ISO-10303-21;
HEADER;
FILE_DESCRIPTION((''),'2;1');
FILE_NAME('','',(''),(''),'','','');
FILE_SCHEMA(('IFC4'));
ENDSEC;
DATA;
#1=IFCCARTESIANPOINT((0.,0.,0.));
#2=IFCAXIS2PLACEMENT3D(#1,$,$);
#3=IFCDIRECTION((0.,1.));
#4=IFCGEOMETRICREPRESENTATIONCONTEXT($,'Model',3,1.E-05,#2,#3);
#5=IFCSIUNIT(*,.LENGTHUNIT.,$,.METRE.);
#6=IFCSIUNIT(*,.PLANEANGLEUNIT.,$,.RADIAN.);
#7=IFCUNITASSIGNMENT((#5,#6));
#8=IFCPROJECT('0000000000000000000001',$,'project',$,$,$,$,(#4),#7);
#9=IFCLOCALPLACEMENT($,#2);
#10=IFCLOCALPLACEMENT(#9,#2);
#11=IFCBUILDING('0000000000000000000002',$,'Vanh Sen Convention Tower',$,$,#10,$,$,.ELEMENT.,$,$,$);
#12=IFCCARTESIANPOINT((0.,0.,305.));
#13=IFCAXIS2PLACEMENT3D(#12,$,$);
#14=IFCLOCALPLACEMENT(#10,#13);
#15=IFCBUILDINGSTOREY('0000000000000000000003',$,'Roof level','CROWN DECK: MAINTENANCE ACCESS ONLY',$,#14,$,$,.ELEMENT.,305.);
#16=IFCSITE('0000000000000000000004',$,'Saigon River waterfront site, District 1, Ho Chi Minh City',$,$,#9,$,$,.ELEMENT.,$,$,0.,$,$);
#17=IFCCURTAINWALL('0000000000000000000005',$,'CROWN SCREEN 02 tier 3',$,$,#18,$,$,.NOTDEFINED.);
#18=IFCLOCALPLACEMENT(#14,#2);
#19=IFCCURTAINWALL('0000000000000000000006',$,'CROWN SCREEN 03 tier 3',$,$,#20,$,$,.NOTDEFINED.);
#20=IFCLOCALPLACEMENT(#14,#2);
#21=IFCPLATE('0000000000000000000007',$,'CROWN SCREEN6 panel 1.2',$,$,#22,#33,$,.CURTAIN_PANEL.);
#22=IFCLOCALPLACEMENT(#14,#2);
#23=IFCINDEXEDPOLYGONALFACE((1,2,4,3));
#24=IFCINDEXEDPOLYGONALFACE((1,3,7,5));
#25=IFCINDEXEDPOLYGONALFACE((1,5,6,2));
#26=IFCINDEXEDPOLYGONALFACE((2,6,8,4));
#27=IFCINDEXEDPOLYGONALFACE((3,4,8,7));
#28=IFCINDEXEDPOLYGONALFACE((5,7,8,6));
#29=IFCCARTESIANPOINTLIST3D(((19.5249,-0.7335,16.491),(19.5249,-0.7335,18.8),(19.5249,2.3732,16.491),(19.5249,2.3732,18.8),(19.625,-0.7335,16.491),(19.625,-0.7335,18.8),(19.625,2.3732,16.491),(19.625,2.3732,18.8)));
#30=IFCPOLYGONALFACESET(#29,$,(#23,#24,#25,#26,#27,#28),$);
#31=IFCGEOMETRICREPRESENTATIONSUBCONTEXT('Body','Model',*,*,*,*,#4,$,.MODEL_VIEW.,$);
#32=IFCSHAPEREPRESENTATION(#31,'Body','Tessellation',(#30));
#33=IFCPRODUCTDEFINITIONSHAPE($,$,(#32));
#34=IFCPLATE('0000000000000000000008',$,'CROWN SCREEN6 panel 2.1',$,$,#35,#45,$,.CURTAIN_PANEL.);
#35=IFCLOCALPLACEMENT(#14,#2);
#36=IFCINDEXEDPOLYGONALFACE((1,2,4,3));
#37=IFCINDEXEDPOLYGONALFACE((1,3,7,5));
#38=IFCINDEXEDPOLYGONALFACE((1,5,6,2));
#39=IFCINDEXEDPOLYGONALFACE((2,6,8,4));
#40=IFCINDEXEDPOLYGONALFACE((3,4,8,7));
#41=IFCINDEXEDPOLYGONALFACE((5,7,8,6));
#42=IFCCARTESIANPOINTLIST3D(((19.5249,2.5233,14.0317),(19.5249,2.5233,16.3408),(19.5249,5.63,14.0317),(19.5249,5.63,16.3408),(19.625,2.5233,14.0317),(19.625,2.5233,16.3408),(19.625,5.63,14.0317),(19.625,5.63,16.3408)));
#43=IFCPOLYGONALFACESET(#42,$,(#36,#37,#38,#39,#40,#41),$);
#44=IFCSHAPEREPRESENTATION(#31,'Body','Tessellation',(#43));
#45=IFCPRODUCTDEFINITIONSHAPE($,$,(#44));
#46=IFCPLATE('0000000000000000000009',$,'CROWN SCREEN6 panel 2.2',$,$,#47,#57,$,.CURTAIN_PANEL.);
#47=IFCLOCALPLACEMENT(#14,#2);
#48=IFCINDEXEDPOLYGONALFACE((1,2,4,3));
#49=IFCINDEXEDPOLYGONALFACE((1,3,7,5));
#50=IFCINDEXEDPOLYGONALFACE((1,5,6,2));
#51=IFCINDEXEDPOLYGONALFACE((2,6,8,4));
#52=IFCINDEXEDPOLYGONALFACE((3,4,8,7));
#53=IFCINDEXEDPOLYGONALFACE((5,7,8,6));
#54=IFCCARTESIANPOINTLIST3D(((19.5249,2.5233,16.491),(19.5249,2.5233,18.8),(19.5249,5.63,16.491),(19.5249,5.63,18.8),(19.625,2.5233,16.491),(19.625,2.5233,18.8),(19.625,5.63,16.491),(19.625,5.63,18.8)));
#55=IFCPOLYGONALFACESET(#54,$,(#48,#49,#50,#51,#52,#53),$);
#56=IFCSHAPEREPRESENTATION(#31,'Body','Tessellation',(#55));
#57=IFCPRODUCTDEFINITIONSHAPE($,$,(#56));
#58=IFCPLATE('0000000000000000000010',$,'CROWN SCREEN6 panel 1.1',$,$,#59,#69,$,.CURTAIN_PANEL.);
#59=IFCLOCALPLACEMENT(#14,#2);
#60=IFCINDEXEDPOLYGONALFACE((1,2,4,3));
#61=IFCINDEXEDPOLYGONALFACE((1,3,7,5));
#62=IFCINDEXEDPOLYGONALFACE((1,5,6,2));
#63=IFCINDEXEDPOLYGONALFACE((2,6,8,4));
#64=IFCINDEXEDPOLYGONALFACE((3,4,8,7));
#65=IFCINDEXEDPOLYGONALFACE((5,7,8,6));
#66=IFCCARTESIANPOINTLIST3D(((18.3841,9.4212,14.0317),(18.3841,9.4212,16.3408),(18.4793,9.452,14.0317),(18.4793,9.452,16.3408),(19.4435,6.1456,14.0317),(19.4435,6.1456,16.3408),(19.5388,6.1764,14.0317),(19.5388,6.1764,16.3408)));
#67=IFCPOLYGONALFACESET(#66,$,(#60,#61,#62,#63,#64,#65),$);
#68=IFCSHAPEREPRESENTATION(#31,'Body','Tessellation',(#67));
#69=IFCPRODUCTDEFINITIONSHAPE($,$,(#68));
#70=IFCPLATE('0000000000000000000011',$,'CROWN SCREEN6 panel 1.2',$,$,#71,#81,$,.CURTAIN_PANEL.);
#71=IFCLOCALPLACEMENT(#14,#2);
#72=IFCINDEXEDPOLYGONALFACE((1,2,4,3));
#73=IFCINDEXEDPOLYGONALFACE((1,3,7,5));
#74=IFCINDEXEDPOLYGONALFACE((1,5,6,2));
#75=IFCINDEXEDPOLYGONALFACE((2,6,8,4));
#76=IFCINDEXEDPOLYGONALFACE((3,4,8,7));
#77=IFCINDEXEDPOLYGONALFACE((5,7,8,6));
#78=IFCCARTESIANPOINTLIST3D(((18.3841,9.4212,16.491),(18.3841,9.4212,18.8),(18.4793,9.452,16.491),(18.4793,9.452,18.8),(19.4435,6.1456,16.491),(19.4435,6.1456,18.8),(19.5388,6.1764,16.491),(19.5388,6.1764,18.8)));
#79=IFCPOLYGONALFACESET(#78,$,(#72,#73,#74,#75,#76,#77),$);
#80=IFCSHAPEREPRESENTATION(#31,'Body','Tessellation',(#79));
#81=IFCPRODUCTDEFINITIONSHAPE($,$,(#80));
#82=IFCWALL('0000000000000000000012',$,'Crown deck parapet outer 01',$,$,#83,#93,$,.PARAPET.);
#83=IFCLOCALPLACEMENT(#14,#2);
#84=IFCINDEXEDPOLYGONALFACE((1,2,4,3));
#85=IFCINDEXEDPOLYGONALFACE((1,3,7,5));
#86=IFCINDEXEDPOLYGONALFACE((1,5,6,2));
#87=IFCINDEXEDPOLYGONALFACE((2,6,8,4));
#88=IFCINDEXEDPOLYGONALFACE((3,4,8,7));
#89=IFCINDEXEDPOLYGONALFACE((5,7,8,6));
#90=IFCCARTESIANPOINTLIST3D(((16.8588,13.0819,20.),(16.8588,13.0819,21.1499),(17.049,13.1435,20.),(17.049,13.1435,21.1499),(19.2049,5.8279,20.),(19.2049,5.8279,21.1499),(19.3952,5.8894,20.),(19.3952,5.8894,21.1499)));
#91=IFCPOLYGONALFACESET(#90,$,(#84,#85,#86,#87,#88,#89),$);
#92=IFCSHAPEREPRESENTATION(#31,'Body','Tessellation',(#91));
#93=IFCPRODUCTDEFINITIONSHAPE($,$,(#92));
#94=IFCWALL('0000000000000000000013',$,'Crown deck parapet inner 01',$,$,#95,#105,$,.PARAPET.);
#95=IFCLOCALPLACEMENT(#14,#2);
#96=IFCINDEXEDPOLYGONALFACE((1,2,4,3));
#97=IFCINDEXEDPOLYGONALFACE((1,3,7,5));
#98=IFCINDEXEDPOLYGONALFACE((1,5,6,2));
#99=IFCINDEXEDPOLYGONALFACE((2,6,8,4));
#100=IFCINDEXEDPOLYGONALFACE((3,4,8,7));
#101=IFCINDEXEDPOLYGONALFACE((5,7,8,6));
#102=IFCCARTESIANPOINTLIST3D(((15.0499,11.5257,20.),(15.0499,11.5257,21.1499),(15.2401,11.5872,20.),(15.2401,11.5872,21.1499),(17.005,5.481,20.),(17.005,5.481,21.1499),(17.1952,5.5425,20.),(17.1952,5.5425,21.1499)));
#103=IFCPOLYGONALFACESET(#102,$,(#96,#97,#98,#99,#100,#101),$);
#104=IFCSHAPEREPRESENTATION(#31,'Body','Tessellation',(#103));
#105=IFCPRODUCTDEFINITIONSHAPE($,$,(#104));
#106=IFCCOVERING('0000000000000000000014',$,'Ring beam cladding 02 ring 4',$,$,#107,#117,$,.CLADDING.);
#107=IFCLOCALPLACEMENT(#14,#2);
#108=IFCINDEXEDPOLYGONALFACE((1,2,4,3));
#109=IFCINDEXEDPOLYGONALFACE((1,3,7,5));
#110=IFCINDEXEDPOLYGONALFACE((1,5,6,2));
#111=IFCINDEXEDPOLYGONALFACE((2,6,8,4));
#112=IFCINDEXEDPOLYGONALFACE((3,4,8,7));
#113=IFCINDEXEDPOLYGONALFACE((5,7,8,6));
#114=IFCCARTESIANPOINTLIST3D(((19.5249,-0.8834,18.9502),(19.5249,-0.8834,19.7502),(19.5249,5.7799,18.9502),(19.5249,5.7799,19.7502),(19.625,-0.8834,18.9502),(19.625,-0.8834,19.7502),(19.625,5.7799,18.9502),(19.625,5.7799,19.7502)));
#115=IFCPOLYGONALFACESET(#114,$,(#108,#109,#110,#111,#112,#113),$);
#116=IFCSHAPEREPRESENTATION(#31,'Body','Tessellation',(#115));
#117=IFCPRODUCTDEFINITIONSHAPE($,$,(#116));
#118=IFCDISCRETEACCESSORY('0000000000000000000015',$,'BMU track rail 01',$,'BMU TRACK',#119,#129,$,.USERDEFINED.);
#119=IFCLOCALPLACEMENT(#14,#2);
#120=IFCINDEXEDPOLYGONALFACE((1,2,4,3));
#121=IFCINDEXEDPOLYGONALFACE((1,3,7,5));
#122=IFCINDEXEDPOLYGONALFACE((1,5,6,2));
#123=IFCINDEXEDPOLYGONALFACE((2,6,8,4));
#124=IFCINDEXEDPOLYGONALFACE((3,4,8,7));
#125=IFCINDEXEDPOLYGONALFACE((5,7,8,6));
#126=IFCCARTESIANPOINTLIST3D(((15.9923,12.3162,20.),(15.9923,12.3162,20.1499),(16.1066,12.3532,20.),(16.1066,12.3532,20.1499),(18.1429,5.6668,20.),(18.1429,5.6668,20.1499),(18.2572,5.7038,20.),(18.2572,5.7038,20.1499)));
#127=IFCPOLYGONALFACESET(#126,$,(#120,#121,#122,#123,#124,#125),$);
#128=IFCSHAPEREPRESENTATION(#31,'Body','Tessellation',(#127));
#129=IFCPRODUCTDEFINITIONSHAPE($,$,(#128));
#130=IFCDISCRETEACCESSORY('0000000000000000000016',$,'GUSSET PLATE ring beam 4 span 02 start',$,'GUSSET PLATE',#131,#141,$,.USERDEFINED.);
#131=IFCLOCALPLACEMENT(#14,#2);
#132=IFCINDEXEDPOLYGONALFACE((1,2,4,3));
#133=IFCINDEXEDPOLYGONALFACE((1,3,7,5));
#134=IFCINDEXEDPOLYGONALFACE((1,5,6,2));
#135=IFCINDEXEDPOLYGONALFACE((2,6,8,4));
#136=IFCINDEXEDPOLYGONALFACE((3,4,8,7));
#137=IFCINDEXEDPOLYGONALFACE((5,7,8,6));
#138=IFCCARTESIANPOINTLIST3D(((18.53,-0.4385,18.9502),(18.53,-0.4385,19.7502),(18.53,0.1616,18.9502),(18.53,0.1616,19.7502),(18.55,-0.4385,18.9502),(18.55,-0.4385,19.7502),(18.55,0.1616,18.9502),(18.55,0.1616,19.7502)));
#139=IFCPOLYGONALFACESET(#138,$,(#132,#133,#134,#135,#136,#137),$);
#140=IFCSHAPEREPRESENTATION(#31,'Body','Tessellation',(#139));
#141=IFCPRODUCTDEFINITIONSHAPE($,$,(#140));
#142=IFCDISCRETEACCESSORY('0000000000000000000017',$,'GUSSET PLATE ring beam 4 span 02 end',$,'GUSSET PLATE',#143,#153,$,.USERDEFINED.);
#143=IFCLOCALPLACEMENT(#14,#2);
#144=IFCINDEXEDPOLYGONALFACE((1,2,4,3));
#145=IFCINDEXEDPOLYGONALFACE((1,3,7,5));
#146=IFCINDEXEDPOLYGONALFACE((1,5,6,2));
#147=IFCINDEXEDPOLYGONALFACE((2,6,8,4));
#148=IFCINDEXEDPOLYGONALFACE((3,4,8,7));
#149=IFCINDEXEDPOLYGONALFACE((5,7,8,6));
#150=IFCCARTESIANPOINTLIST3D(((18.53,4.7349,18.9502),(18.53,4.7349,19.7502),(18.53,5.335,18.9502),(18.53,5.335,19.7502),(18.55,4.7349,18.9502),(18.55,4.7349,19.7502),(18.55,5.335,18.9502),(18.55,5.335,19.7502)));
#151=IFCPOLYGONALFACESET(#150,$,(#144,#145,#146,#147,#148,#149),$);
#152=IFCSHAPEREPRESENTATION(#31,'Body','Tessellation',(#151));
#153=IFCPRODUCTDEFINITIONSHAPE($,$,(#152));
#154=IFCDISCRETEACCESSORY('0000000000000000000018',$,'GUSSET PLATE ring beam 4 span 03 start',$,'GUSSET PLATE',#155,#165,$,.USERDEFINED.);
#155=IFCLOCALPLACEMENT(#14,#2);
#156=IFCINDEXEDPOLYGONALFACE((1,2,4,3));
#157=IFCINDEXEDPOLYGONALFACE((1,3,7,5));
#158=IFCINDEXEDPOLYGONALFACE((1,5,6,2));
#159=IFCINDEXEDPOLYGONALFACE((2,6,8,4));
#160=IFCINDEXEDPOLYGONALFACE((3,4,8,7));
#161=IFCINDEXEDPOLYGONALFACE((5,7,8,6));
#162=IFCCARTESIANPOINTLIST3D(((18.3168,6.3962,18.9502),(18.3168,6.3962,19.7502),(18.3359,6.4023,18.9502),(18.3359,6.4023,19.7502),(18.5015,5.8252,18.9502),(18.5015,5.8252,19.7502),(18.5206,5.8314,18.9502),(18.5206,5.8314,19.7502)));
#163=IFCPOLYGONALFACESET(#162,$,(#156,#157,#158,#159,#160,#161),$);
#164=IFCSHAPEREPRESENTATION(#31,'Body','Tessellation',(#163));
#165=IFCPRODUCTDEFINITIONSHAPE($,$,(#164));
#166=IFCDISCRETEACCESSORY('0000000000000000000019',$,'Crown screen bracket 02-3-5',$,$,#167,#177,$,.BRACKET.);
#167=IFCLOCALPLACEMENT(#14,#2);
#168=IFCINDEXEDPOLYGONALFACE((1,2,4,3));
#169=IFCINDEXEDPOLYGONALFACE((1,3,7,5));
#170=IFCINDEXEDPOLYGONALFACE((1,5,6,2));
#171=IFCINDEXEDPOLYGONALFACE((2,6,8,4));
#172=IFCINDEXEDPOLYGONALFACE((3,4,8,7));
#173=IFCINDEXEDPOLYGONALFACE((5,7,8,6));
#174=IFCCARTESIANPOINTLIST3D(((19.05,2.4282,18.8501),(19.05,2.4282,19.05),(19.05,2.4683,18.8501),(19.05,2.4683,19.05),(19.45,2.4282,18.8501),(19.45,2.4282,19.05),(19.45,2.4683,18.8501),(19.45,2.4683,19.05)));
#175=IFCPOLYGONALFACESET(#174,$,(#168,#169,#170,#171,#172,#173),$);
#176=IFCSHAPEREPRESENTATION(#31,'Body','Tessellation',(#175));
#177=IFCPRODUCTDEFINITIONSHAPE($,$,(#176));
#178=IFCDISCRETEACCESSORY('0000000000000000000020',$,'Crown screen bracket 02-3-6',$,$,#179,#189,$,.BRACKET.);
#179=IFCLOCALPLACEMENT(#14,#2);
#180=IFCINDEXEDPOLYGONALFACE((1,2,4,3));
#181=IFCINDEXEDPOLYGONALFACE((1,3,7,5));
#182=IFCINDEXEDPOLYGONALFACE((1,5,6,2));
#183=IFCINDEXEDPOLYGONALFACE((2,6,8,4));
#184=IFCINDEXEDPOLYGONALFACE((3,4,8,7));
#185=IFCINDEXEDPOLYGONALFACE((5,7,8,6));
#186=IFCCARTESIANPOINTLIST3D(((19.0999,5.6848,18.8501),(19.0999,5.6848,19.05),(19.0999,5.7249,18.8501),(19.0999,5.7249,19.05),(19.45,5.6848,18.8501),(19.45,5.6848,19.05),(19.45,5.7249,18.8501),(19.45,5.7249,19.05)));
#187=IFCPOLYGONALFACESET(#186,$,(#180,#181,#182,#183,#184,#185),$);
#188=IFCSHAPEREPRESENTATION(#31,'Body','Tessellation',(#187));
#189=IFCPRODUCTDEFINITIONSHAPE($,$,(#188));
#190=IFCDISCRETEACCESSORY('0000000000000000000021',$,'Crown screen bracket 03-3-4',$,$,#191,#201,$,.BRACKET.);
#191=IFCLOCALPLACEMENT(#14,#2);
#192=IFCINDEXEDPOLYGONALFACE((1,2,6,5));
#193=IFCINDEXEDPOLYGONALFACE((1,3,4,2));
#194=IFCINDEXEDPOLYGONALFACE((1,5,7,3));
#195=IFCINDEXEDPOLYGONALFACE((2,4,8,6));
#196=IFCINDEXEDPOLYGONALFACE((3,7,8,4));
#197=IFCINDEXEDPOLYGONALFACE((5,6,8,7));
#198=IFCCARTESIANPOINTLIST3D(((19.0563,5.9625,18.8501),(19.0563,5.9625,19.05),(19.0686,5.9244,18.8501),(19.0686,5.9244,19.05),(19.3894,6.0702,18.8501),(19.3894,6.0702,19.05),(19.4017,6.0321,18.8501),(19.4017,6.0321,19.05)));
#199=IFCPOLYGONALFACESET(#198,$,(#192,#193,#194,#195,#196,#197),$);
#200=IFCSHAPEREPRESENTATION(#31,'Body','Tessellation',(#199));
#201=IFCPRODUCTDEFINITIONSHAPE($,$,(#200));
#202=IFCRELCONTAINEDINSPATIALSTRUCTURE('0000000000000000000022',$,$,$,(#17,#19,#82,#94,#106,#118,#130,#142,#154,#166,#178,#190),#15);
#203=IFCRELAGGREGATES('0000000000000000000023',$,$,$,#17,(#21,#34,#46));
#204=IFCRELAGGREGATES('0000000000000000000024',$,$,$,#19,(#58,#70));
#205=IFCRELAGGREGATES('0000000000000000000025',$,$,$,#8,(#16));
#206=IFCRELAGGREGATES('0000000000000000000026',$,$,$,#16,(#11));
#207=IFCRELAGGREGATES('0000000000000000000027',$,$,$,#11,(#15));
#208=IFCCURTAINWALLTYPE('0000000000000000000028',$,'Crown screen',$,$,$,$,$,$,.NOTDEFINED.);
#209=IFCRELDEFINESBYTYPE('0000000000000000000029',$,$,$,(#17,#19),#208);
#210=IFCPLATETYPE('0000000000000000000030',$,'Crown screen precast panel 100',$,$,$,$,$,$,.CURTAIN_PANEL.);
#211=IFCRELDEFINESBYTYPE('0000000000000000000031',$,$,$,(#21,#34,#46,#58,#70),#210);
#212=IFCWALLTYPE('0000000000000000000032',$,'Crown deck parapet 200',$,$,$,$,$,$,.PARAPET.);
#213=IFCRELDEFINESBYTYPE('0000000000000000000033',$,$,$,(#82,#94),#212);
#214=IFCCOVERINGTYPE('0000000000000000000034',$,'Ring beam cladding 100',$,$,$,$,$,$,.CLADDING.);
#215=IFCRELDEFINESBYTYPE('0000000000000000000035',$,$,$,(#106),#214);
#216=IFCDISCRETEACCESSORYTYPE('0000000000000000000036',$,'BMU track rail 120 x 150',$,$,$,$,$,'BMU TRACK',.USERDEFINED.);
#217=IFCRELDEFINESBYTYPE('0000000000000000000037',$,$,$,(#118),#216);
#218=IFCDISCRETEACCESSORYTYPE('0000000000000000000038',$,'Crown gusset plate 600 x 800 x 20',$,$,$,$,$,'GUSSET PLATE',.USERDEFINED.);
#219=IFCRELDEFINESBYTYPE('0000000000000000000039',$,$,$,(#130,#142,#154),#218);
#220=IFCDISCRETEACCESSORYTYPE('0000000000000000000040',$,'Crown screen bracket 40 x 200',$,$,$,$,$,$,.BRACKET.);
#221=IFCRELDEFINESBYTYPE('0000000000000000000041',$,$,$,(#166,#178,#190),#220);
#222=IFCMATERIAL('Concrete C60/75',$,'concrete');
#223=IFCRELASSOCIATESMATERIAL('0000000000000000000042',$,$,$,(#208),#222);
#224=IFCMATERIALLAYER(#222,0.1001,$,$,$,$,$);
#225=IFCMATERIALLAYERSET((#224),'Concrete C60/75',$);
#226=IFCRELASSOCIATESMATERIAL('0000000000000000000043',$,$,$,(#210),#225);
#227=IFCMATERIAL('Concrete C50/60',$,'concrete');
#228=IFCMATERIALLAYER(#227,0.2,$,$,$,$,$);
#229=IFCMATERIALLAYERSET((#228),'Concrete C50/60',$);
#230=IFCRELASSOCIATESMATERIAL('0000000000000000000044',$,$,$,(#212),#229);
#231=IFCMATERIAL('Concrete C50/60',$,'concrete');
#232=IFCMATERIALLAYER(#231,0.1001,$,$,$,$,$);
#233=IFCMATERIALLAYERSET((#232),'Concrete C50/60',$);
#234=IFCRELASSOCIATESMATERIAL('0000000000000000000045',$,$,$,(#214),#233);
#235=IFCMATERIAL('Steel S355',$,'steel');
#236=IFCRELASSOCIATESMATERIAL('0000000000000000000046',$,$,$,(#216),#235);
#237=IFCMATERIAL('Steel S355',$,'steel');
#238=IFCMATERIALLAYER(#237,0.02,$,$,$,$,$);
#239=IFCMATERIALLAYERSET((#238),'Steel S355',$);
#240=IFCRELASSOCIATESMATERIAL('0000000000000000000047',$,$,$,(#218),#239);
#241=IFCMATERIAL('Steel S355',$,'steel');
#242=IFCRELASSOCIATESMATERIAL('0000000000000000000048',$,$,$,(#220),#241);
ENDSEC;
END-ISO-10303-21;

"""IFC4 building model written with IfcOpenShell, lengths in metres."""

from ifc_helpers import new_model, si_unit, direction, frame, frame_2d, origin, origin_2d, place, context, subcontext, project, spatial, rectangle, extrude, material, layer, layer_set, type_object, element, aggregate, save


model = new_model("IFC4")

# Units and contexts
model_context = context("Model", 3, precision=1e-05, world=origin(), true_north=direction((0.0, 1.0)))
body_context = subcontext(model_context, "Body", "Model", "MODEL_VIEW")
ifc_project = project(units=[si_unit("LENGTHUNIT", "METRE"), si_unit("PLANEANGLEUNIT", "RADIAN")], contexts=[model_context])

# Site, building, storey
site_placement = place(None, origin())
site = spatial("IfcSite", under=ifc_project, at=site_placement, Name="Saigon River waterfront site, District 1, Ho Chi Minh City", CompositionType="ELEMENT", RefElevation=0.0)
building_placement = place(site_placement, origin())
building = spatial("IfcBuilding", under=site, at=building_placement, Name="Vanh Sen Convention Tower", CompositionType="ELEMENT")
storey_placement = place(building_placement, frame((0.0, 0.0, 305.0)))
storey = spatial("IfcBuildingStorey", under=building, at=storey_placement, Name="Roof level", Description="CROWN DECK: MAINTENANCE ACCESS ONLY", CompositionType="ELEMENT", Elevation=305.0)

# Curtain wall
ifc_material_1 = material(Name="Concrete C60/75", Category="concrete")
curtain_wall_type = type_object("IfcCurtainWallType", Name="Crown screen", PredefinedType="NOTDEFINED", material=ifc_material_1)
curtain_wall_1_placement = place(storey_placement, origin())
curtain_wall_1 = element("IfcCurtainWall", 1, at=curtain_wall_1_placement, inside=storey, type_object=curtain_wall_type, Name="CROWN SCREEN 02 tier 3", PredefinedType="NOTDEFINED")

# Curtain wall
curtain_wall_2_placement = place(storey_placement, origin())
curtain_wall_2 = element("IfcCurtainWall", 2, at=curtain_wall_2_placement, inside=storey, type_object=curtain_wall_type, Name="CROWN SCREEN 03 tier 3", PredefinedType="NOTDEFINED")

# Plates
ifc_layer_1 = layer(ifc_material_1, 0.1001)
ifc_layer_set_1 = layer_set([ifc_layer_1], Name="Concrete C60/75")
plate_type = type_object("IfcPlateType", Name="Crown screen precast panel 100", PredefinedType="CURTAIN_PANEL", material=ifc_layer_set_1)
plate_1_placement = place(storey_placement, frame((19.575, 0.8198, 16.491), z_axis=(0.0, 0.0, 1.0), x_axis=(0.0, 1.0, 0.0)))
plate_1 = element("IfcPlate", 3, at=plate_1_placement, type_object=plate_type, Name="CROWN SCREEN6 panel 1.2", PredefinedType="CURTAIN_PANEL", context=body_context, shape_type="SweptSolid", body=[
    extrude(rectangle(XDim=3.1067, YDim=0.1001, at=origin_2d()), origin(), (0.0, 0.0, 1.0), 2.3091),
])
plate_2_placement = place(storey_placement, frame((19.575, 4.0767, 14.0317), z_axis=(0.0, 0.0, 1.0), x_axis=(0.0, 1.0, 0.0)))
plate_2 = element("IfcPlate", 4, at=plate_2_placement, type_object=plate_type, Name="CROWN SCREEN6 panel 2.1", PredefinedType="CURTAIN_PANEL", context=body_context, shape_type="SweptSolid", body=[
    extrude(rectangle(XDim=3.1067, YDim=0.1001, at=origin_2d()), origin(), (0.0, 0.0, 1.0), 2.3091),
])
plate_3_placement = place(storey_placement, frame((19.575, 4.0767, 16.491), z_axis=(0.0, 0.0, 1.0), x_axis=(0.0, 1.0, 0.0)))
plate_3 = element("IfcPlate", 5, at=plate_3_placement, type_object=plate_type, Name="CROWN SCREEN6 panel 2.2", PredefinedType="CURTAIN_PANEL", context=body_context, shape_type="SweptSolid", body=[
    extrude(rectangle(XDim=3.1067, YDim=0.1001, at=origin_2d()), origin(), (0.0, 0.0, 1.0), 2.3091),
])
aggregate(curtain_wall_1, [plate_1, plate_2, plate_3])
plate_4_placement = place(storey_placement, frame((18.9614, 7.7988, 14.0317), z_axis=(0.0, 0.0, 1.0), x_axis=(-0.307733, 0.951473, 0.0)))
plate_4 = element("IfcPlate", 6, at=plate_4_placement, type_object=plate_type, Name="CROWN SCREEN6 panel 1.1", PredefinedType="CURTAIN_PANEL", context=body_context, shape_type="SweptSolid", body=[
    extrude(rectangle(XDim=3.4426, YDim=0.1001, at=origin_2d()), origin(), (0.0, 0.0, 1.0), 2.3091),
])
plate_5_placement = place(storey_placement, frame((18.9614, 7.7988, 16.491), z_axis=(0.0, 0.0, 1.0), x_axis=(-0.307733, 0.951473, 0.0)))
plate_5 = element("IfcPlate", 7, at=plate_5_placement, type_object=plate_type, Name="CROWN SCREEN6 panel 1.2", PredefinedType="CURTAIN_PANEL", context=body_context, shape_type="SweptSolid", body=[
    extrude(rectangle(XDim=3.4426, YDim=0.1001, at=origin_2d()), origin(), (0.0, 0.0, 1.0), 2.3091),
])
aggregate(curtain_wall_2, [plate_4, plate_5])

# Walls
ifc_material_2 = material(Name="Concrete C50/60", Category="concrete")
ifc_layer_2 = layer(ifc_material_2, 0.2)
ifc_layer_set_2 = layer_set([ifc_layer_2], Name="Concrete C50/60")
wall_type = type_object("IfcWallType", Name="Crown deck parapet 200", PredefinedType="PARAPET", material=ifc_layer_set_2)
wall_1_placement = place(storey_placement, frame((19.3, 5.8586, 20.0), z_axis=(0.0, 0.0, 1.0), x_axis=(-0.307732, 0.951473, 0.0)))
element("IfcWall", 8, at=wall_1_placement, inside=storey, type_object=wall_type, Name="Crown deck parapet outer 01", PredefinedType="PARAPET", context=body_context, shape_type="SweptSolid", body=[
    extrude(rectangle(XDim=7.624, YDim=0.2, at=frame_2d((3.812, 0.0))), origin(), (0.0, 0.0, 1.0), 1.1499),
])
wall_2_placement = place(storey_placement, frame((17.1001, 5.5117, 20.0), z_axis=(0.0, 0.0, 1.0), x_axis=(-0.307741, 0.95147, 0.0)))
element("IfcWall", 9, at=wall_2_placement, inside=storey, type_object=wall_type, Name="Crown deck parapet inner 01", PredefinedType="PARAPET", context=body_context, shape_type="SweptSolid", body=[
    extrude(rectangle(XDim=6.353, YDim=0.2, at=frame_2d((3.1765, 0.0))), origin(), (0.0, 0.0, 1.0), 1.1499),
])

# Covering
ifc_material_3 = material(Name="Concrete C50/60", Category="concrete")
ifc_layer_3 = layer(ifc_material_3, 0.1001)
ifc_layer_set_3 = layer_set([ifc_layer_3], Name="Concrete C50/60")
covering_type = type_object("IfcCoveringType", Name="Ring beam cladding 100", PredefinedType="CLADDING", material=ifc_layer_set_3)
covering_placement = place(storey_placement, frame((19.575, 2.4482, 18.9502), z_axis=(0.0, 0.0, 1.0), x_axis=(0.0, 1.0, 0.0)))
element("IfcCovering", 10, at=covering_placement, inside=storey, type_object=covering_type, Name="Ring beam cladding 02 ring 4", PredefinedType="CLADDING", context=body_context, shape_type="SweptSolid", body=[
    extrude(rectangle(XDim=6.6633, YDim=0.1001, at=origin_2d()), origin(), (0.0, 0.0, 1.0), 0.8),
])

# Discrete accessories
ifc_material_4 = material(Name="Steel S355", Category="steel")
discrete_accessory_type_1 = type_object("IfcDiscreteAccessoryType", Name="BMU track rail 120 x 150", ElementType="BMU TRACK", PredefinedType="USERDEFINED", material=ifc_material_4)
discrete_accessory_1_placement = place(storey_placement, frame((17.1248, 9.01, 20.0), z_axis=(0.0, 0.0, 1.0), x_axis=(-0.307732, 0.951473, 0.0)))
element("IfcDiscreteAccessory", 11, at=discrete_accessory_1_placement, inside=storey, type_object=discrete_accessory_type_1, Name="BMU track rail 01", ObjectType="BMU TRACK", PredefinedType="USERDEFINED", context=body_context, shape_type="SweptSolid", body=[
    extrude(rectangle(XDim=6.9885, YDim=0.1201, at=origin_2d()), origin(), (0.0, 0.0, 1.0), 0.1499),
])
ifc_material_5 = material(Name="Steel S355", Category="steel")
ifc_layer_4 = layer(ifc_material_5, 0.02)
ifc_layer_set_4 = layer_set([ifc_layer_4], Name="Steel S355")
discrete_accessory_type_2 = type_object("IfcDiscreteAccessoryType", Name="Crown gusset plate 600 x 800 x 20", ElementType="GUSSET PLATE", PredefinedType="USERDEFINED", material=ifc_layer_set_4)
for number, where, z_axis, x_axis, name in (
    (12, (18.54, -0.1384, 18.9502), (0.0, 0.0, 1.0), (0.0, 1.0, 0.0), "GUSSET PLATE ring beam 4 span 02 start"),
    (13, (18.54, 5.0349, 18.9502), (0.0, 0.0, 1.0), (0.0, -1.0, 0.0), "GUSSET PLATE ring beam 4 span 02 end"),
    (14, (18.4187, 6.1138, 18.9502), (0.0, 0.0, 1.0), (-0.307734, 0.951473, 0.0), "GUSSET PLATE ring beam 4 span 03 start"),
):
    element("IfcDiscreteAccessory", number, at=place(storey_placement, frame(where, z_axis=z_axis, x_axis=x_axis)), inside=storey, type_object=discrete_accessory_type_2, Name=name, ObjectType="GUSSET PLATE", PredefinedType="USERDEFINED", context=body_context, shape_type="SweptSolid", body=[
        extrude(rectangle(XDim=0.6001, YDim=0.02, at=origin_2d()), origin(), (0.0, 0.0, 1.0), 0.8),
    ])
ifc_material_6 = material(Name="Steel S355", Category="steel")
discrete_accessory_type_3 = type_object("IfcDiscreteAccessoryType", Name="Crown screen bracket 40 x 200", PredefinedType="BRACKET", material=ifc_material_6)
discrete_accessory_2_placement = place(storey_placement, frame((19.25, 2.4482, 18.8501), z_axis=(0.0, 0.0, 1.0), x_axis=(1.0, 0.0, 0.0)))
element("IfcDiscreteAccessory", 15, at=discrete_accessory_2_placement, inside=storey, type_object=discrete_accessory_type_3, Name="Crown screen bracket 02-3-5", PredefinedType="BRACKET", context=body_context, shape_type="SweptSolid", body=[
    extrude(rectangle(XDim=0.3999, YDim=0.04, at=origin_2d()), origin(), (0.0, 0.0, 1.0), 0.2),
])
for number, where, z_axis, x_axis, name in (
    (16, (19.2749, 5.7048, 18.8501), (0.0, 0.0, 1.0), (1.0, 0.0, 0.0), "Crown screen bracket 02-3-6"),
    (17, (19.229, 5.9973, 18.8501), (0.0, 0.0, 1.0), (0.951473, 0.307734, 0.0), "Crown screen bracket 03-3-4"),
):
    element("IfcDiscreteAccessory", number, at=place(storey_placement, frame(where, z_axis=z_axis, x_axis=x_axis)), inside=storey, type_object=discrete_accessory_type_3, Name=name, PredefinedType="BRACKET", context=body_context, shape_type="SweptSolid", body=[
        extrude(rectangle(XDim=0.3501, YDim=0.04, at=origin_2d()), origin(), (0.0, 0.0, 1.0), 0.2),
    ])

save(model, "model.ifc")
